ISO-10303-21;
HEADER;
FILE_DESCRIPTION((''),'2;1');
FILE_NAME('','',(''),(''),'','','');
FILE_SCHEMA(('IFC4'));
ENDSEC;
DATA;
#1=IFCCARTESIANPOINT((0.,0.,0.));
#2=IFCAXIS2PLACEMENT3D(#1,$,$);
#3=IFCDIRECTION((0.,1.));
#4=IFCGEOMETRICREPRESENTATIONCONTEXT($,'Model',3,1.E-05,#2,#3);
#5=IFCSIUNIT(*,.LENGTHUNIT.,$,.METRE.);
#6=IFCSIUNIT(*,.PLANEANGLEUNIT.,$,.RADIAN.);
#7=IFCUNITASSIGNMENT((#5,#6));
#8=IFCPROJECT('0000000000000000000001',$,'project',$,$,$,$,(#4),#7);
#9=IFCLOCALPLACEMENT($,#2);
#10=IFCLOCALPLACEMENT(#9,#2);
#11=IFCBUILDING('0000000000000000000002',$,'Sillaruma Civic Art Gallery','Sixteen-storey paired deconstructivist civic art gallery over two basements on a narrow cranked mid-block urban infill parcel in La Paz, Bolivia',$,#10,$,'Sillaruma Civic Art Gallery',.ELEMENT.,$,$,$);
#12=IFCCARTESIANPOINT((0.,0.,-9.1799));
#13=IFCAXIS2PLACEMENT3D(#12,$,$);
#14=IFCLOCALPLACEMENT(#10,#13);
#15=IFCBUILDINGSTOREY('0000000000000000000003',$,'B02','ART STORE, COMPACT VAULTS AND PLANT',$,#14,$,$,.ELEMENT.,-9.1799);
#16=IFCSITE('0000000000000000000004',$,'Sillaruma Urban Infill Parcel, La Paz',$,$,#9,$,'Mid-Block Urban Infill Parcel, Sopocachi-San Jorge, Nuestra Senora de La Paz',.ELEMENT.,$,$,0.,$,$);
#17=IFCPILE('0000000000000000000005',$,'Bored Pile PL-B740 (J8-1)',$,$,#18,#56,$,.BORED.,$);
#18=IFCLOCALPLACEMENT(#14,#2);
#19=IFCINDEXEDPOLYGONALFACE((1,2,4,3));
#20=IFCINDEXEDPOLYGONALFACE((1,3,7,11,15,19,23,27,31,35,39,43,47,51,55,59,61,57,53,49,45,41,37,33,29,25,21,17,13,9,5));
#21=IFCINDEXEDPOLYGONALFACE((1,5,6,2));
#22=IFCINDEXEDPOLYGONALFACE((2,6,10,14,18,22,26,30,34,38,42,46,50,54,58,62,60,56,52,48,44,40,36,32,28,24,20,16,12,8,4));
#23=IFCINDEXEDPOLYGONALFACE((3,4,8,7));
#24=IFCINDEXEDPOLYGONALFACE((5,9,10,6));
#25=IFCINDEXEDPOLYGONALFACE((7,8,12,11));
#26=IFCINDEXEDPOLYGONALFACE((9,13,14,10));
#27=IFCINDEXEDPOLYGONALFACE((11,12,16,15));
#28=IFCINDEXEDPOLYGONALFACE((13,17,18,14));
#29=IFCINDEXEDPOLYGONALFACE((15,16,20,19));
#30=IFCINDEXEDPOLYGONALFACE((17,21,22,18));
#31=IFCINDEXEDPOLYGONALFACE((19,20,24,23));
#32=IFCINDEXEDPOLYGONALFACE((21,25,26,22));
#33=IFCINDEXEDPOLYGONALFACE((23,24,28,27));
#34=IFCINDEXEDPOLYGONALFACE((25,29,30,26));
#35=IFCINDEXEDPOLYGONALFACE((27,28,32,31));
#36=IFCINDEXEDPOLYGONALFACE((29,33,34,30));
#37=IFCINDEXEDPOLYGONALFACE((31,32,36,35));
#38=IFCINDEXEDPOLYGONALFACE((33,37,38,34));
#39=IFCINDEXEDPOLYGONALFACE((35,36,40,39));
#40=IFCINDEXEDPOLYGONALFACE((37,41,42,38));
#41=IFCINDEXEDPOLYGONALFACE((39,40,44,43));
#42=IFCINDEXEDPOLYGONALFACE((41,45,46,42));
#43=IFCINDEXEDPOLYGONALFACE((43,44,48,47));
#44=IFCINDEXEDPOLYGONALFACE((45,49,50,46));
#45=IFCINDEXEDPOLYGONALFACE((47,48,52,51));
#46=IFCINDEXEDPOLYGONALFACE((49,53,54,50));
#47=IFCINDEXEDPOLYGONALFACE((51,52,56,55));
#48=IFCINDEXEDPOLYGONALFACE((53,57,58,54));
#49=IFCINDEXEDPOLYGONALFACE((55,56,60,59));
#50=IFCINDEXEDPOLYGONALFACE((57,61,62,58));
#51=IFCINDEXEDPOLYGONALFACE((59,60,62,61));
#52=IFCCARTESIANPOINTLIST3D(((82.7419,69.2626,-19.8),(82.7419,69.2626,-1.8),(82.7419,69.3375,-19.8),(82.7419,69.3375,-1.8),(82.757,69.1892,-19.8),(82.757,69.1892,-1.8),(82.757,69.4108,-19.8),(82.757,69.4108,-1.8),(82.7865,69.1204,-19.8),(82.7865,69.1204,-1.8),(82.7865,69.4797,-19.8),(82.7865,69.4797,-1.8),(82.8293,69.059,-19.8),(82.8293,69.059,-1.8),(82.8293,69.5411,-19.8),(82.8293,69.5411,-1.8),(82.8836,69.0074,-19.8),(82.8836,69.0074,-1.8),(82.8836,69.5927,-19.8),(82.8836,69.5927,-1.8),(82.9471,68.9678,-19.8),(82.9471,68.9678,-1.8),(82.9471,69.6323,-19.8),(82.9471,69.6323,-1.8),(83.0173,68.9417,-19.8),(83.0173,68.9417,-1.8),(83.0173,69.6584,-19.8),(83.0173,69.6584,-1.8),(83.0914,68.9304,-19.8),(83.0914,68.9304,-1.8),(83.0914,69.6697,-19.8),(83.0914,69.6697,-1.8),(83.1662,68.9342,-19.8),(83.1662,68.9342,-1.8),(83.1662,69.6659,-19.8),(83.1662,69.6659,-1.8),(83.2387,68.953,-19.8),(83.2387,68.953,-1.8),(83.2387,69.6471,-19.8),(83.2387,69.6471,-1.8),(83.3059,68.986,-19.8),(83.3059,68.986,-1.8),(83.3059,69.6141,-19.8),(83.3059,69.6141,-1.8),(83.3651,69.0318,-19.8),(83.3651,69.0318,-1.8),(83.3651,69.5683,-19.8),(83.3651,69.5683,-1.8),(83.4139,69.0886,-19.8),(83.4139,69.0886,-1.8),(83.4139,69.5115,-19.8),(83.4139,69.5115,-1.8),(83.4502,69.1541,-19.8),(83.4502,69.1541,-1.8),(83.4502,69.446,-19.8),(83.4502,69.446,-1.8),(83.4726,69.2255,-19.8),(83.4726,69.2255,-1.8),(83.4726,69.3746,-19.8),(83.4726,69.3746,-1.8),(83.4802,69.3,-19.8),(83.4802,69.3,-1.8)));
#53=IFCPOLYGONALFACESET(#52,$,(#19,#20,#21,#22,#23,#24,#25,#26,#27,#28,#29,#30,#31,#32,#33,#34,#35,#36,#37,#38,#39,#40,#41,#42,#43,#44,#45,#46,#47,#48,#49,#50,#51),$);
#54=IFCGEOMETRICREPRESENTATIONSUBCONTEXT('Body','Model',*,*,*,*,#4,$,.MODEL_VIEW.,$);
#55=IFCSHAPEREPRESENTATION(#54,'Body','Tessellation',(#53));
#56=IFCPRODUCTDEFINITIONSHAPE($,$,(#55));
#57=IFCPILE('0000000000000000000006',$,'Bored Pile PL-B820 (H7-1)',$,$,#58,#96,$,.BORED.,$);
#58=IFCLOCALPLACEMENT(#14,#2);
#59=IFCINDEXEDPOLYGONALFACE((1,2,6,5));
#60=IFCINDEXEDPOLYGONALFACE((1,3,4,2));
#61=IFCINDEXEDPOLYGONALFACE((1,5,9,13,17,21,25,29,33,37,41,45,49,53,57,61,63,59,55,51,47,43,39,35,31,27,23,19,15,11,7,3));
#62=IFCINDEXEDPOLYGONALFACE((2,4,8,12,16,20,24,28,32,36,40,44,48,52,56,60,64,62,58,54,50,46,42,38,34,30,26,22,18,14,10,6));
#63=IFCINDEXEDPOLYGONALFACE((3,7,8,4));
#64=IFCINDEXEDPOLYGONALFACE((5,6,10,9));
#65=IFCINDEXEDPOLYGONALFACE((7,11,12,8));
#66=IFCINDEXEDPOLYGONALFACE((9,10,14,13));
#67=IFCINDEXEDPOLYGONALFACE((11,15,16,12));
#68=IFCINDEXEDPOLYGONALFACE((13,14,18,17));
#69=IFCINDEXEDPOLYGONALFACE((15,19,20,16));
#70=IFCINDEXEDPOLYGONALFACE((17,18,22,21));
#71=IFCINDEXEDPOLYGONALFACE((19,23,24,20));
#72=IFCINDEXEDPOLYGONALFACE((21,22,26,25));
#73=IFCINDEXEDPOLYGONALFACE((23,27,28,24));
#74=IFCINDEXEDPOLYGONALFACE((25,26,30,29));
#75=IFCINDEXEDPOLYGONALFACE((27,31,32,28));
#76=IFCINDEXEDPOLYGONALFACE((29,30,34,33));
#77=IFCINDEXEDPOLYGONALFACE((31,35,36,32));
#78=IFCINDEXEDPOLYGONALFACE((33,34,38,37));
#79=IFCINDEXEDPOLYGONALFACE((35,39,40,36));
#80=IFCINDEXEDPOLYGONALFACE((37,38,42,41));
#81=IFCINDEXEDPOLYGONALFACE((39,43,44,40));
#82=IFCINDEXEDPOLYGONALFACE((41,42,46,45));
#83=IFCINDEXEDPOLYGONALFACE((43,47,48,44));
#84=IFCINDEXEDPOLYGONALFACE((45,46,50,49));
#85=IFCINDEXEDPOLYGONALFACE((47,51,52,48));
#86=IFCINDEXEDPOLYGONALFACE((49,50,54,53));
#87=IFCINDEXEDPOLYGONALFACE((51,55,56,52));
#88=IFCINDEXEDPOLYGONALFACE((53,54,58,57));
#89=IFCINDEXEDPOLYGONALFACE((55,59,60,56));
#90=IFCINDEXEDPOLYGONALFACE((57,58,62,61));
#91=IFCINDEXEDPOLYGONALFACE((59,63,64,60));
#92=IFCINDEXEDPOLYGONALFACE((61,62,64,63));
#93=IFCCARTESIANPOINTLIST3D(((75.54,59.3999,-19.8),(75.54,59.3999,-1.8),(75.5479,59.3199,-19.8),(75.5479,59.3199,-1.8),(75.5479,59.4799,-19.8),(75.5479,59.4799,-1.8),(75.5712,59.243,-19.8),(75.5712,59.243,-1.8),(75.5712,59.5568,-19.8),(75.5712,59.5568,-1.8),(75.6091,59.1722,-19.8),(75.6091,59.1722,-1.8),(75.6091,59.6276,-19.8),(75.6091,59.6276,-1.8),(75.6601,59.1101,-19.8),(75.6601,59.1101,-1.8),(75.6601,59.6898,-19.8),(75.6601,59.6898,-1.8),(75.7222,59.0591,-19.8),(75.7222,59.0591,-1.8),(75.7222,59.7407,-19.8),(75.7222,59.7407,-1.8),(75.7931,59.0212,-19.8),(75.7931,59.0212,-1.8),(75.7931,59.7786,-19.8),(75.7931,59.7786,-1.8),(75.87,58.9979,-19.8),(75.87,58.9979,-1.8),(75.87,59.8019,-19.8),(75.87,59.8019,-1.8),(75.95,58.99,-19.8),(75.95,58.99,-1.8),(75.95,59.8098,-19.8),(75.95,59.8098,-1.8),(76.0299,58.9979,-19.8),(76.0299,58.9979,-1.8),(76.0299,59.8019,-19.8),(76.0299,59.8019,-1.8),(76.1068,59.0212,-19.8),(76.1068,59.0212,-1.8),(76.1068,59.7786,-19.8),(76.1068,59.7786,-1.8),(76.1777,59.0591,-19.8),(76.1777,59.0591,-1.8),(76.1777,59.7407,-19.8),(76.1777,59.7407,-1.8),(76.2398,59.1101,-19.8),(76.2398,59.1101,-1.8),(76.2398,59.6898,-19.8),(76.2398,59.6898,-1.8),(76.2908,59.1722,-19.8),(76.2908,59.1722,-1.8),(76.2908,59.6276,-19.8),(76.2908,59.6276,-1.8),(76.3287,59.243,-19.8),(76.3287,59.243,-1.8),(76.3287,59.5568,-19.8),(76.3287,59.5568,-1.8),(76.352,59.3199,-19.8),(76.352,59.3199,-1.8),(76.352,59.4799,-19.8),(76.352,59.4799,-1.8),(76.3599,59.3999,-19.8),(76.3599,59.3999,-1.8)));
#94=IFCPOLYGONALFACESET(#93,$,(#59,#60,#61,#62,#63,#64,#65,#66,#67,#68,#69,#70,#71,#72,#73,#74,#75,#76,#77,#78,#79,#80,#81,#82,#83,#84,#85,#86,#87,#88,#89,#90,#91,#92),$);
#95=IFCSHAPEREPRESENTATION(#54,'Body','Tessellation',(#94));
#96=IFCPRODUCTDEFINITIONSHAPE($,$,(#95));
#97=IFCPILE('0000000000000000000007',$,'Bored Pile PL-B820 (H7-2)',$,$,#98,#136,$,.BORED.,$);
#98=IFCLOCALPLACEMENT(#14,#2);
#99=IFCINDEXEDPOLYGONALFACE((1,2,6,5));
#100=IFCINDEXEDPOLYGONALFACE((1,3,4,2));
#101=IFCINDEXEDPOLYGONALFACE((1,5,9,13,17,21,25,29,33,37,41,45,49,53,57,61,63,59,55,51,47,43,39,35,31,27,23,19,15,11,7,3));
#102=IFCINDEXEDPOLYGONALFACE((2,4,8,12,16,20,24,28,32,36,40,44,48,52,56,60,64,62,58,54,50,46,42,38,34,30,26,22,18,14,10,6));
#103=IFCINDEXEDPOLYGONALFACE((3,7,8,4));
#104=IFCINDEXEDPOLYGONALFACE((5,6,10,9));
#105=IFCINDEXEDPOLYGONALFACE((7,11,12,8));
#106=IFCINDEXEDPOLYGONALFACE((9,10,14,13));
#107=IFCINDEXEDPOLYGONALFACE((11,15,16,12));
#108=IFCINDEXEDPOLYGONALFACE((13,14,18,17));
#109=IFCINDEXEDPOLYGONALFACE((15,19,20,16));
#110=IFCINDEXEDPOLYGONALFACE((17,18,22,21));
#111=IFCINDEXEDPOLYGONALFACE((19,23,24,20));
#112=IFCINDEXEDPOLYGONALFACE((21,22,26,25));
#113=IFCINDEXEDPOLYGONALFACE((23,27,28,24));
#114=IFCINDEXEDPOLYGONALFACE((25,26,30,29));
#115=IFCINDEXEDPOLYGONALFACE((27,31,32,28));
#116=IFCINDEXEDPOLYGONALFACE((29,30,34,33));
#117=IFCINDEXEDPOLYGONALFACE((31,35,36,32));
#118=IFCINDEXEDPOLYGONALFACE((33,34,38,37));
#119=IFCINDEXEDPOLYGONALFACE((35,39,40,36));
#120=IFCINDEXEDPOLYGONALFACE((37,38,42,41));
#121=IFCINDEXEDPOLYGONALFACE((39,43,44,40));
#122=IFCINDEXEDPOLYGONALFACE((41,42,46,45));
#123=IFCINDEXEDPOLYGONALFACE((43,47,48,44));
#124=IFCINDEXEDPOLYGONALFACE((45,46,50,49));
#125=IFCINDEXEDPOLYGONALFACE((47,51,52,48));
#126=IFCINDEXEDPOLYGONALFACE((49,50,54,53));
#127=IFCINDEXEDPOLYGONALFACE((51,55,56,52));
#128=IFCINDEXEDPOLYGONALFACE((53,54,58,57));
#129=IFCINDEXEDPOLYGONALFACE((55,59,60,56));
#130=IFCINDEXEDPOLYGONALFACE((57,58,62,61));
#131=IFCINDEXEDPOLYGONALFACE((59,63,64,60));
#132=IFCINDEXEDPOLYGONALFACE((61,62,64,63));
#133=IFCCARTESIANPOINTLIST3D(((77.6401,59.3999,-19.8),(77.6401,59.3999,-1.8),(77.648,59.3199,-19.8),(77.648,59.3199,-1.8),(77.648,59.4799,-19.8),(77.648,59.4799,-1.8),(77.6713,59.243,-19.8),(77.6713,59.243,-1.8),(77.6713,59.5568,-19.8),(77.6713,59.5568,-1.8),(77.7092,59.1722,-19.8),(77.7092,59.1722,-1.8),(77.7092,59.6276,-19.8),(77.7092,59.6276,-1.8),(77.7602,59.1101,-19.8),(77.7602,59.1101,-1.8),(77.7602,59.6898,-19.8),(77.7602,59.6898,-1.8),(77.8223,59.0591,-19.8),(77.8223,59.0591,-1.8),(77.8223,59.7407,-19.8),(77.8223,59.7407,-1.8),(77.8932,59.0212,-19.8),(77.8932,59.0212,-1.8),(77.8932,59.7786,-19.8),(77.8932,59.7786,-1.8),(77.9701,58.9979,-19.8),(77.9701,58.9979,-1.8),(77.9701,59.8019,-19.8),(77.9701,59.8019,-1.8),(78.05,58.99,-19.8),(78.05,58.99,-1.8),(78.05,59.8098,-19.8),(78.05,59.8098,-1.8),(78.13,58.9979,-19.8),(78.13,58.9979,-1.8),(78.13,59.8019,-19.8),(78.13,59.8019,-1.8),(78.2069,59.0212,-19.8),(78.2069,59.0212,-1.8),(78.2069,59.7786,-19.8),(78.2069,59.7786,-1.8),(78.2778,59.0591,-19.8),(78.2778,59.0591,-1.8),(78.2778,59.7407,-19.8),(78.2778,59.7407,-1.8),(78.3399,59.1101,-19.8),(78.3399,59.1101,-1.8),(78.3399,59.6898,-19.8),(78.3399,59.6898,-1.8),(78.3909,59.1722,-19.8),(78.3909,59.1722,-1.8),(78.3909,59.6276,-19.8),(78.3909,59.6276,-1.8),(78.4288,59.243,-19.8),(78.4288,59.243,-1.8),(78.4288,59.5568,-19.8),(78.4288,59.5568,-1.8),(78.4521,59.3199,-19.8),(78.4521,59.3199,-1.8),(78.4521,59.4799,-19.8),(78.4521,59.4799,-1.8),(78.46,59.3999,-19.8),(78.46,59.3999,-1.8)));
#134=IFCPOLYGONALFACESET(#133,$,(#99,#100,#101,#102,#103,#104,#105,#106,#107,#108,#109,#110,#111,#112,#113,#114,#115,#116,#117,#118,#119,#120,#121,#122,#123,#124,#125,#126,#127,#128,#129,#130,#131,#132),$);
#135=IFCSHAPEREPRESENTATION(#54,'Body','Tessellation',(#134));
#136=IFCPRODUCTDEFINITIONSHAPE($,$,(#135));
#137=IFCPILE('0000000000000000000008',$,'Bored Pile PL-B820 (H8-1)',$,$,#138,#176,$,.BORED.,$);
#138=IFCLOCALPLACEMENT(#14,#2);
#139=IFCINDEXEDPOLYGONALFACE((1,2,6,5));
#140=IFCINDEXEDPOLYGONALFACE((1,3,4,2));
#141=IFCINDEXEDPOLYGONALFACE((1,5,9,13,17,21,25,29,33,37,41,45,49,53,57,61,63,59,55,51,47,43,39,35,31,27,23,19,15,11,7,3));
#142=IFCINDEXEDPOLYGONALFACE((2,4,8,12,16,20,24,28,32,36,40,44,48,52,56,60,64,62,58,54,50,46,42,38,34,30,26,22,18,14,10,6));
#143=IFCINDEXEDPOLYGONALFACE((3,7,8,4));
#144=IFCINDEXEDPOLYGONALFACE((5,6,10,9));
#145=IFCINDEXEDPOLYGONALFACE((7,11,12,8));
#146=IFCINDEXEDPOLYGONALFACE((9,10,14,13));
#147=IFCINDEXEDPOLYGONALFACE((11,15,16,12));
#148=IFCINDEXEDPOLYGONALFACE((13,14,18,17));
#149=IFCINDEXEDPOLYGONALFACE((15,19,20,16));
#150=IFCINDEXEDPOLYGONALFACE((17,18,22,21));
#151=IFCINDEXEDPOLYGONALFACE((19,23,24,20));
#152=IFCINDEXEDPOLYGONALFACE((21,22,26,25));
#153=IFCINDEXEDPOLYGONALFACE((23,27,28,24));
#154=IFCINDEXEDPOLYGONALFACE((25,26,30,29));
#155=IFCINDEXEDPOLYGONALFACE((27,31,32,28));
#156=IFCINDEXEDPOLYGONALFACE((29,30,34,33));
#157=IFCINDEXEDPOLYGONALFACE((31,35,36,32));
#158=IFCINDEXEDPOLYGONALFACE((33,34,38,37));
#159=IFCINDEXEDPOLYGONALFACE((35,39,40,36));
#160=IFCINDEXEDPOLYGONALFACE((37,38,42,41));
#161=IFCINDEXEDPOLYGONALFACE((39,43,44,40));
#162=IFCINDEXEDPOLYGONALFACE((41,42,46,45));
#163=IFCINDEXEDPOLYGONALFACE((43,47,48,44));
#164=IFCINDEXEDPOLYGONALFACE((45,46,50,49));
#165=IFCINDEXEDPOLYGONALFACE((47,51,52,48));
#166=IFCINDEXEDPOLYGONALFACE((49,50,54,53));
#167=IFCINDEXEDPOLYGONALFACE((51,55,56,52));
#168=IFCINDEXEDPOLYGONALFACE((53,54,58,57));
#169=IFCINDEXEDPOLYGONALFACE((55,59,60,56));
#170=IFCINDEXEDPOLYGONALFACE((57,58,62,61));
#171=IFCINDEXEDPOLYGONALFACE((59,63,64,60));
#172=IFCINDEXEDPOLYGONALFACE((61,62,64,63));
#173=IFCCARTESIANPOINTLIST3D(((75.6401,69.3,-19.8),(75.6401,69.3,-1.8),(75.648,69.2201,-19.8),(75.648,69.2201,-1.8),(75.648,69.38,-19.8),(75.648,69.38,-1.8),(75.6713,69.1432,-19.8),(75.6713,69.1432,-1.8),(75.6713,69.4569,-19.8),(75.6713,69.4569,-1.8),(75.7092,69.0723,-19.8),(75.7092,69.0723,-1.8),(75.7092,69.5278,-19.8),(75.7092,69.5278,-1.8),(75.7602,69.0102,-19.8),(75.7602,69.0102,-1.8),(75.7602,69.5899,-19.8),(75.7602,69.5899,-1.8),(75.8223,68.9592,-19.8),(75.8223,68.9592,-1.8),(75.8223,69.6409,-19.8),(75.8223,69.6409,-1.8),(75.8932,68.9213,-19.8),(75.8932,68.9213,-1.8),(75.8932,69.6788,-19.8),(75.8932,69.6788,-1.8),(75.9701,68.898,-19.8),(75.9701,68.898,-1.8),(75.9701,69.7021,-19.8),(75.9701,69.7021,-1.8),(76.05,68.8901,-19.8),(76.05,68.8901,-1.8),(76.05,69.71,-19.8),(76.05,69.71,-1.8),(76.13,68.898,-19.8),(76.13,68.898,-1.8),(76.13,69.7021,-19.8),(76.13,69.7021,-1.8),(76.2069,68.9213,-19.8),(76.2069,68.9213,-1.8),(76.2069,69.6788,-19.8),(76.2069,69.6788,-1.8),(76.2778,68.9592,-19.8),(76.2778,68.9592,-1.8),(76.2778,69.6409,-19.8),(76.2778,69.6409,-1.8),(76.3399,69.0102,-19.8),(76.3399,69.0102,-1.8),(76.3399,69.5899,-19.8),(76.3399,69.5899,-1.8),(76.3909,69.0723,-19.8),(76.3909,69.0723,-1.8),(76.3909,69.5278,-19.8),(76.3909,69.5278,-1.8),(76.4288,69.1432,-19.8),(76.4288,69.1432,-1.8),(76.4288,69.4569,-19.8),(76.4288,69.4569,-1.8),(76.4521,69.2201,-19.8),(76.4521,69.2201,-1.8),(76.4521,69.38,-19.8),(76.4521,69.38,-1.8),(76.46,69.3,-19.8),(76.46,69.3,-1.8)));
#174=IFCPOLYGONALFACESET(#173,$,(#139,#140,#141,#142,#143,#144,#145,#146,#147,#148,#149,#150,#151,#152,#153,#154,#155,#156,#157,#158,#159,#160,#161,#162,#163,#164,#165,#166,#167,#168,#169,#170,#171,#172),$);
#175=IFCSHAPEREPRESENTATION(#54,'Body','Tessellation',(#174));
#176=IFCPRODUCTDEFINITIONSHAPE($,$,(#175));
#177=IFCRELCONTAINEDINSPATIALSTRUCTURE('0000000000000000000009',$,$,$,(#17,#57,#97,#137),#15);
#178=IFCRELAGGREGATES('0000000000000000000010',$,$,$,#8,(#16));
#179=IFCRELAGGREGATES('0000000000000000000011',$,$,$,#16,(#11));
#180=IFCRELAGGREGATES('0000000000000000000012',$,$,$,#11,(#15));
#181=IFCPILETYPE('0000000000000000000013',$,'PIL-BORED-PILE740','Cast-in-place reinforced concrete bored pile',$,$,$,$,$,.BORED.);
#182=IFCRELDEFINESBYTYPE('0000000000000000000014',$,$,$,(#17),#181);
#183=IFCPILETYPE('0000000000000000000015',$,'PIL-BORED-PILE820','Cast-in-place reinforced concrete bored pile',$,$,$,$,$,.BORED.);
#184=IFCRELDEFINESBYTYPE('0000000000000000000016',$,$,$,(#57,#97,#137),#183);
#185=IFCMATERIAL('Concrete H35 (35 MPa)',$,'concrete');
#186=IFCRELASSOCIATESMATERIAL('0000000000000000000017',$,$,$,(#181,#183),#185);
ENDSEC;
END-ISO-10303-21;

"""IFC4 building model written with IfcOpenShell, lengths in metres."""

from ifc_helpers import new_model, si_unit, direction, frame, origin, origin_2d, place, context, subcontext, project, spatial, circle, extrude, material, material_profile, profile_set, type_object, element, save


model = new_model("IFC4")

# Units and contexts
model_context = context("Model", 3, precision=1e-05, world=origin(), true_north=direction((0.0, 1.0)))
body_context = subcontext(model_context, "Body", "Model", "MODEL_VIEW")
ifc_project = project(units=[si_unit("LENGTHUNIT", "METRE"), si_unit("PLANEANGLEUNIT", "RADIAN")], contexts=[model_context])

# Site, building, storey
site_placement = place(None, origin())
site = spatial("IfcSite", under=ifc_project, at=site_placement, Name="Sillaruma Urban Infill Parcel, La Paz", LongName="Mid-Block Urban Infill Parcel, Sopocachi-San Jorge, Nuestra Senora de La Paz", CompositionType="ELEMENT", RefElevation=0.0)
building_placement = place(site_placement, origin())
building = spatial("IfcBuilding", under=site, at=building_placement, Name="Sillaruma Civic Art Gallery", Description="Sixteen-storey paired deconstructivist civic art gallery over two basements on a narrow cranked mid-block urban infill parcel in La Paz, Bolivia", LongName="Sillaruma Civic Art Gallery", CompositionType="ELEMENT")
storey_placement = place(building_placement, frame((0.0, 0.0, -9.1799)))
storey = spatial("IfcBuildingStorey", under=building, at=storey_placement, Name="B02", Description="ART STORE, COMPACT VAULTS AND PLANT", CompositionType="ELEMENT", Elevation=-9.1799)

# Shared definitions
ifc_material_1 = material(Name="Concrete H35 (35 MPa)", Category="concrete")

# Piles
ifc_material_profile_1 = material_profile(ifc_material_1, circle(Radius=0.3701, at=origin_2d()), Name="PILE740")
ifc_profile_set_1 = profile_set([ifc_material_profile_1], Name="Concrete H35 (35 MPa)")
pile_type_1 = type_object("IfcPileType", Name="PIL-BORED-PILE740", Description="Cast-in-place reinforced concrete bored pile", PredefinedType="BORED", material=ifc_profile_set_1)
pile_1_placement = place(storey_placement, frame((83.1101, 69.3, -1.8), z_axis=(0.0, 0.0, -1.0), x_axis=(1.0, 0.0, 0.0)))
element("IfcPile", 1, at=pile_1_placement, inside=storey, type_object=pile_type_1, Name="Bored Pile PL-B740 (J8-1)", PredefinedType="BORED", context=body_context, shape_type="SweptSolid", body=[
    extrude(circle(Radius=0.3701, at=origin_2d()), origin(), (0.0, 0.0, 1.0), 18.0),
])
ifc_material_profile_2 = material_profile(ifc_material_1, circle(Radius=0.4099, at=origin_2d()), Name="PILE820")
ifc_profile_set_2 = profile_set([ifc_material_profile_2], Name="Concrete H35 (35 MPa)")
pile_type_2 = type_object("IfcPileType", Name="PIL-BORED-PILE820", Description="Cast-in-place reinforced concrete bored pile", PredefinedType="BORED", material=ifc_profile_set_2)
for number, where, z_axis, x_axis, name in (
    (2, (75.95, 59.3999, -1.8), (0.0, 0.0, -1.0), (1.0, 0.0, 0.0), "Bored Pile PL-B820 (H7-1)"),
    (3, (78.05, 59.3999, -1.8), (0.0, 0.0, -1.0), (1.0, 0.0, 0.0), "Bored Pile PL-B820 (H7-2)"),
    (4, (76.05, 69.3, -1.8), (0.0, 0.0, -1.0), (1.0, 0.0, 0.0), "Bored Pile PL-B820 (H8-1)"),
):
    element("IfcPile", number, at=place(storey_placement, frame(where, z_axis=z_axis, x_axis=x_axis)), inside=storey, type_object=pile_type_2, Name=name, PredefinedType="BORED", context=body_context, shape_type="SweptSolid", body=[
        extrude(circle(Radius=0.4099, at=origin_2d()), origin(), (0.0, 0.0, 1.0), 18.0),
    ])

save(model, "model.ifc")
